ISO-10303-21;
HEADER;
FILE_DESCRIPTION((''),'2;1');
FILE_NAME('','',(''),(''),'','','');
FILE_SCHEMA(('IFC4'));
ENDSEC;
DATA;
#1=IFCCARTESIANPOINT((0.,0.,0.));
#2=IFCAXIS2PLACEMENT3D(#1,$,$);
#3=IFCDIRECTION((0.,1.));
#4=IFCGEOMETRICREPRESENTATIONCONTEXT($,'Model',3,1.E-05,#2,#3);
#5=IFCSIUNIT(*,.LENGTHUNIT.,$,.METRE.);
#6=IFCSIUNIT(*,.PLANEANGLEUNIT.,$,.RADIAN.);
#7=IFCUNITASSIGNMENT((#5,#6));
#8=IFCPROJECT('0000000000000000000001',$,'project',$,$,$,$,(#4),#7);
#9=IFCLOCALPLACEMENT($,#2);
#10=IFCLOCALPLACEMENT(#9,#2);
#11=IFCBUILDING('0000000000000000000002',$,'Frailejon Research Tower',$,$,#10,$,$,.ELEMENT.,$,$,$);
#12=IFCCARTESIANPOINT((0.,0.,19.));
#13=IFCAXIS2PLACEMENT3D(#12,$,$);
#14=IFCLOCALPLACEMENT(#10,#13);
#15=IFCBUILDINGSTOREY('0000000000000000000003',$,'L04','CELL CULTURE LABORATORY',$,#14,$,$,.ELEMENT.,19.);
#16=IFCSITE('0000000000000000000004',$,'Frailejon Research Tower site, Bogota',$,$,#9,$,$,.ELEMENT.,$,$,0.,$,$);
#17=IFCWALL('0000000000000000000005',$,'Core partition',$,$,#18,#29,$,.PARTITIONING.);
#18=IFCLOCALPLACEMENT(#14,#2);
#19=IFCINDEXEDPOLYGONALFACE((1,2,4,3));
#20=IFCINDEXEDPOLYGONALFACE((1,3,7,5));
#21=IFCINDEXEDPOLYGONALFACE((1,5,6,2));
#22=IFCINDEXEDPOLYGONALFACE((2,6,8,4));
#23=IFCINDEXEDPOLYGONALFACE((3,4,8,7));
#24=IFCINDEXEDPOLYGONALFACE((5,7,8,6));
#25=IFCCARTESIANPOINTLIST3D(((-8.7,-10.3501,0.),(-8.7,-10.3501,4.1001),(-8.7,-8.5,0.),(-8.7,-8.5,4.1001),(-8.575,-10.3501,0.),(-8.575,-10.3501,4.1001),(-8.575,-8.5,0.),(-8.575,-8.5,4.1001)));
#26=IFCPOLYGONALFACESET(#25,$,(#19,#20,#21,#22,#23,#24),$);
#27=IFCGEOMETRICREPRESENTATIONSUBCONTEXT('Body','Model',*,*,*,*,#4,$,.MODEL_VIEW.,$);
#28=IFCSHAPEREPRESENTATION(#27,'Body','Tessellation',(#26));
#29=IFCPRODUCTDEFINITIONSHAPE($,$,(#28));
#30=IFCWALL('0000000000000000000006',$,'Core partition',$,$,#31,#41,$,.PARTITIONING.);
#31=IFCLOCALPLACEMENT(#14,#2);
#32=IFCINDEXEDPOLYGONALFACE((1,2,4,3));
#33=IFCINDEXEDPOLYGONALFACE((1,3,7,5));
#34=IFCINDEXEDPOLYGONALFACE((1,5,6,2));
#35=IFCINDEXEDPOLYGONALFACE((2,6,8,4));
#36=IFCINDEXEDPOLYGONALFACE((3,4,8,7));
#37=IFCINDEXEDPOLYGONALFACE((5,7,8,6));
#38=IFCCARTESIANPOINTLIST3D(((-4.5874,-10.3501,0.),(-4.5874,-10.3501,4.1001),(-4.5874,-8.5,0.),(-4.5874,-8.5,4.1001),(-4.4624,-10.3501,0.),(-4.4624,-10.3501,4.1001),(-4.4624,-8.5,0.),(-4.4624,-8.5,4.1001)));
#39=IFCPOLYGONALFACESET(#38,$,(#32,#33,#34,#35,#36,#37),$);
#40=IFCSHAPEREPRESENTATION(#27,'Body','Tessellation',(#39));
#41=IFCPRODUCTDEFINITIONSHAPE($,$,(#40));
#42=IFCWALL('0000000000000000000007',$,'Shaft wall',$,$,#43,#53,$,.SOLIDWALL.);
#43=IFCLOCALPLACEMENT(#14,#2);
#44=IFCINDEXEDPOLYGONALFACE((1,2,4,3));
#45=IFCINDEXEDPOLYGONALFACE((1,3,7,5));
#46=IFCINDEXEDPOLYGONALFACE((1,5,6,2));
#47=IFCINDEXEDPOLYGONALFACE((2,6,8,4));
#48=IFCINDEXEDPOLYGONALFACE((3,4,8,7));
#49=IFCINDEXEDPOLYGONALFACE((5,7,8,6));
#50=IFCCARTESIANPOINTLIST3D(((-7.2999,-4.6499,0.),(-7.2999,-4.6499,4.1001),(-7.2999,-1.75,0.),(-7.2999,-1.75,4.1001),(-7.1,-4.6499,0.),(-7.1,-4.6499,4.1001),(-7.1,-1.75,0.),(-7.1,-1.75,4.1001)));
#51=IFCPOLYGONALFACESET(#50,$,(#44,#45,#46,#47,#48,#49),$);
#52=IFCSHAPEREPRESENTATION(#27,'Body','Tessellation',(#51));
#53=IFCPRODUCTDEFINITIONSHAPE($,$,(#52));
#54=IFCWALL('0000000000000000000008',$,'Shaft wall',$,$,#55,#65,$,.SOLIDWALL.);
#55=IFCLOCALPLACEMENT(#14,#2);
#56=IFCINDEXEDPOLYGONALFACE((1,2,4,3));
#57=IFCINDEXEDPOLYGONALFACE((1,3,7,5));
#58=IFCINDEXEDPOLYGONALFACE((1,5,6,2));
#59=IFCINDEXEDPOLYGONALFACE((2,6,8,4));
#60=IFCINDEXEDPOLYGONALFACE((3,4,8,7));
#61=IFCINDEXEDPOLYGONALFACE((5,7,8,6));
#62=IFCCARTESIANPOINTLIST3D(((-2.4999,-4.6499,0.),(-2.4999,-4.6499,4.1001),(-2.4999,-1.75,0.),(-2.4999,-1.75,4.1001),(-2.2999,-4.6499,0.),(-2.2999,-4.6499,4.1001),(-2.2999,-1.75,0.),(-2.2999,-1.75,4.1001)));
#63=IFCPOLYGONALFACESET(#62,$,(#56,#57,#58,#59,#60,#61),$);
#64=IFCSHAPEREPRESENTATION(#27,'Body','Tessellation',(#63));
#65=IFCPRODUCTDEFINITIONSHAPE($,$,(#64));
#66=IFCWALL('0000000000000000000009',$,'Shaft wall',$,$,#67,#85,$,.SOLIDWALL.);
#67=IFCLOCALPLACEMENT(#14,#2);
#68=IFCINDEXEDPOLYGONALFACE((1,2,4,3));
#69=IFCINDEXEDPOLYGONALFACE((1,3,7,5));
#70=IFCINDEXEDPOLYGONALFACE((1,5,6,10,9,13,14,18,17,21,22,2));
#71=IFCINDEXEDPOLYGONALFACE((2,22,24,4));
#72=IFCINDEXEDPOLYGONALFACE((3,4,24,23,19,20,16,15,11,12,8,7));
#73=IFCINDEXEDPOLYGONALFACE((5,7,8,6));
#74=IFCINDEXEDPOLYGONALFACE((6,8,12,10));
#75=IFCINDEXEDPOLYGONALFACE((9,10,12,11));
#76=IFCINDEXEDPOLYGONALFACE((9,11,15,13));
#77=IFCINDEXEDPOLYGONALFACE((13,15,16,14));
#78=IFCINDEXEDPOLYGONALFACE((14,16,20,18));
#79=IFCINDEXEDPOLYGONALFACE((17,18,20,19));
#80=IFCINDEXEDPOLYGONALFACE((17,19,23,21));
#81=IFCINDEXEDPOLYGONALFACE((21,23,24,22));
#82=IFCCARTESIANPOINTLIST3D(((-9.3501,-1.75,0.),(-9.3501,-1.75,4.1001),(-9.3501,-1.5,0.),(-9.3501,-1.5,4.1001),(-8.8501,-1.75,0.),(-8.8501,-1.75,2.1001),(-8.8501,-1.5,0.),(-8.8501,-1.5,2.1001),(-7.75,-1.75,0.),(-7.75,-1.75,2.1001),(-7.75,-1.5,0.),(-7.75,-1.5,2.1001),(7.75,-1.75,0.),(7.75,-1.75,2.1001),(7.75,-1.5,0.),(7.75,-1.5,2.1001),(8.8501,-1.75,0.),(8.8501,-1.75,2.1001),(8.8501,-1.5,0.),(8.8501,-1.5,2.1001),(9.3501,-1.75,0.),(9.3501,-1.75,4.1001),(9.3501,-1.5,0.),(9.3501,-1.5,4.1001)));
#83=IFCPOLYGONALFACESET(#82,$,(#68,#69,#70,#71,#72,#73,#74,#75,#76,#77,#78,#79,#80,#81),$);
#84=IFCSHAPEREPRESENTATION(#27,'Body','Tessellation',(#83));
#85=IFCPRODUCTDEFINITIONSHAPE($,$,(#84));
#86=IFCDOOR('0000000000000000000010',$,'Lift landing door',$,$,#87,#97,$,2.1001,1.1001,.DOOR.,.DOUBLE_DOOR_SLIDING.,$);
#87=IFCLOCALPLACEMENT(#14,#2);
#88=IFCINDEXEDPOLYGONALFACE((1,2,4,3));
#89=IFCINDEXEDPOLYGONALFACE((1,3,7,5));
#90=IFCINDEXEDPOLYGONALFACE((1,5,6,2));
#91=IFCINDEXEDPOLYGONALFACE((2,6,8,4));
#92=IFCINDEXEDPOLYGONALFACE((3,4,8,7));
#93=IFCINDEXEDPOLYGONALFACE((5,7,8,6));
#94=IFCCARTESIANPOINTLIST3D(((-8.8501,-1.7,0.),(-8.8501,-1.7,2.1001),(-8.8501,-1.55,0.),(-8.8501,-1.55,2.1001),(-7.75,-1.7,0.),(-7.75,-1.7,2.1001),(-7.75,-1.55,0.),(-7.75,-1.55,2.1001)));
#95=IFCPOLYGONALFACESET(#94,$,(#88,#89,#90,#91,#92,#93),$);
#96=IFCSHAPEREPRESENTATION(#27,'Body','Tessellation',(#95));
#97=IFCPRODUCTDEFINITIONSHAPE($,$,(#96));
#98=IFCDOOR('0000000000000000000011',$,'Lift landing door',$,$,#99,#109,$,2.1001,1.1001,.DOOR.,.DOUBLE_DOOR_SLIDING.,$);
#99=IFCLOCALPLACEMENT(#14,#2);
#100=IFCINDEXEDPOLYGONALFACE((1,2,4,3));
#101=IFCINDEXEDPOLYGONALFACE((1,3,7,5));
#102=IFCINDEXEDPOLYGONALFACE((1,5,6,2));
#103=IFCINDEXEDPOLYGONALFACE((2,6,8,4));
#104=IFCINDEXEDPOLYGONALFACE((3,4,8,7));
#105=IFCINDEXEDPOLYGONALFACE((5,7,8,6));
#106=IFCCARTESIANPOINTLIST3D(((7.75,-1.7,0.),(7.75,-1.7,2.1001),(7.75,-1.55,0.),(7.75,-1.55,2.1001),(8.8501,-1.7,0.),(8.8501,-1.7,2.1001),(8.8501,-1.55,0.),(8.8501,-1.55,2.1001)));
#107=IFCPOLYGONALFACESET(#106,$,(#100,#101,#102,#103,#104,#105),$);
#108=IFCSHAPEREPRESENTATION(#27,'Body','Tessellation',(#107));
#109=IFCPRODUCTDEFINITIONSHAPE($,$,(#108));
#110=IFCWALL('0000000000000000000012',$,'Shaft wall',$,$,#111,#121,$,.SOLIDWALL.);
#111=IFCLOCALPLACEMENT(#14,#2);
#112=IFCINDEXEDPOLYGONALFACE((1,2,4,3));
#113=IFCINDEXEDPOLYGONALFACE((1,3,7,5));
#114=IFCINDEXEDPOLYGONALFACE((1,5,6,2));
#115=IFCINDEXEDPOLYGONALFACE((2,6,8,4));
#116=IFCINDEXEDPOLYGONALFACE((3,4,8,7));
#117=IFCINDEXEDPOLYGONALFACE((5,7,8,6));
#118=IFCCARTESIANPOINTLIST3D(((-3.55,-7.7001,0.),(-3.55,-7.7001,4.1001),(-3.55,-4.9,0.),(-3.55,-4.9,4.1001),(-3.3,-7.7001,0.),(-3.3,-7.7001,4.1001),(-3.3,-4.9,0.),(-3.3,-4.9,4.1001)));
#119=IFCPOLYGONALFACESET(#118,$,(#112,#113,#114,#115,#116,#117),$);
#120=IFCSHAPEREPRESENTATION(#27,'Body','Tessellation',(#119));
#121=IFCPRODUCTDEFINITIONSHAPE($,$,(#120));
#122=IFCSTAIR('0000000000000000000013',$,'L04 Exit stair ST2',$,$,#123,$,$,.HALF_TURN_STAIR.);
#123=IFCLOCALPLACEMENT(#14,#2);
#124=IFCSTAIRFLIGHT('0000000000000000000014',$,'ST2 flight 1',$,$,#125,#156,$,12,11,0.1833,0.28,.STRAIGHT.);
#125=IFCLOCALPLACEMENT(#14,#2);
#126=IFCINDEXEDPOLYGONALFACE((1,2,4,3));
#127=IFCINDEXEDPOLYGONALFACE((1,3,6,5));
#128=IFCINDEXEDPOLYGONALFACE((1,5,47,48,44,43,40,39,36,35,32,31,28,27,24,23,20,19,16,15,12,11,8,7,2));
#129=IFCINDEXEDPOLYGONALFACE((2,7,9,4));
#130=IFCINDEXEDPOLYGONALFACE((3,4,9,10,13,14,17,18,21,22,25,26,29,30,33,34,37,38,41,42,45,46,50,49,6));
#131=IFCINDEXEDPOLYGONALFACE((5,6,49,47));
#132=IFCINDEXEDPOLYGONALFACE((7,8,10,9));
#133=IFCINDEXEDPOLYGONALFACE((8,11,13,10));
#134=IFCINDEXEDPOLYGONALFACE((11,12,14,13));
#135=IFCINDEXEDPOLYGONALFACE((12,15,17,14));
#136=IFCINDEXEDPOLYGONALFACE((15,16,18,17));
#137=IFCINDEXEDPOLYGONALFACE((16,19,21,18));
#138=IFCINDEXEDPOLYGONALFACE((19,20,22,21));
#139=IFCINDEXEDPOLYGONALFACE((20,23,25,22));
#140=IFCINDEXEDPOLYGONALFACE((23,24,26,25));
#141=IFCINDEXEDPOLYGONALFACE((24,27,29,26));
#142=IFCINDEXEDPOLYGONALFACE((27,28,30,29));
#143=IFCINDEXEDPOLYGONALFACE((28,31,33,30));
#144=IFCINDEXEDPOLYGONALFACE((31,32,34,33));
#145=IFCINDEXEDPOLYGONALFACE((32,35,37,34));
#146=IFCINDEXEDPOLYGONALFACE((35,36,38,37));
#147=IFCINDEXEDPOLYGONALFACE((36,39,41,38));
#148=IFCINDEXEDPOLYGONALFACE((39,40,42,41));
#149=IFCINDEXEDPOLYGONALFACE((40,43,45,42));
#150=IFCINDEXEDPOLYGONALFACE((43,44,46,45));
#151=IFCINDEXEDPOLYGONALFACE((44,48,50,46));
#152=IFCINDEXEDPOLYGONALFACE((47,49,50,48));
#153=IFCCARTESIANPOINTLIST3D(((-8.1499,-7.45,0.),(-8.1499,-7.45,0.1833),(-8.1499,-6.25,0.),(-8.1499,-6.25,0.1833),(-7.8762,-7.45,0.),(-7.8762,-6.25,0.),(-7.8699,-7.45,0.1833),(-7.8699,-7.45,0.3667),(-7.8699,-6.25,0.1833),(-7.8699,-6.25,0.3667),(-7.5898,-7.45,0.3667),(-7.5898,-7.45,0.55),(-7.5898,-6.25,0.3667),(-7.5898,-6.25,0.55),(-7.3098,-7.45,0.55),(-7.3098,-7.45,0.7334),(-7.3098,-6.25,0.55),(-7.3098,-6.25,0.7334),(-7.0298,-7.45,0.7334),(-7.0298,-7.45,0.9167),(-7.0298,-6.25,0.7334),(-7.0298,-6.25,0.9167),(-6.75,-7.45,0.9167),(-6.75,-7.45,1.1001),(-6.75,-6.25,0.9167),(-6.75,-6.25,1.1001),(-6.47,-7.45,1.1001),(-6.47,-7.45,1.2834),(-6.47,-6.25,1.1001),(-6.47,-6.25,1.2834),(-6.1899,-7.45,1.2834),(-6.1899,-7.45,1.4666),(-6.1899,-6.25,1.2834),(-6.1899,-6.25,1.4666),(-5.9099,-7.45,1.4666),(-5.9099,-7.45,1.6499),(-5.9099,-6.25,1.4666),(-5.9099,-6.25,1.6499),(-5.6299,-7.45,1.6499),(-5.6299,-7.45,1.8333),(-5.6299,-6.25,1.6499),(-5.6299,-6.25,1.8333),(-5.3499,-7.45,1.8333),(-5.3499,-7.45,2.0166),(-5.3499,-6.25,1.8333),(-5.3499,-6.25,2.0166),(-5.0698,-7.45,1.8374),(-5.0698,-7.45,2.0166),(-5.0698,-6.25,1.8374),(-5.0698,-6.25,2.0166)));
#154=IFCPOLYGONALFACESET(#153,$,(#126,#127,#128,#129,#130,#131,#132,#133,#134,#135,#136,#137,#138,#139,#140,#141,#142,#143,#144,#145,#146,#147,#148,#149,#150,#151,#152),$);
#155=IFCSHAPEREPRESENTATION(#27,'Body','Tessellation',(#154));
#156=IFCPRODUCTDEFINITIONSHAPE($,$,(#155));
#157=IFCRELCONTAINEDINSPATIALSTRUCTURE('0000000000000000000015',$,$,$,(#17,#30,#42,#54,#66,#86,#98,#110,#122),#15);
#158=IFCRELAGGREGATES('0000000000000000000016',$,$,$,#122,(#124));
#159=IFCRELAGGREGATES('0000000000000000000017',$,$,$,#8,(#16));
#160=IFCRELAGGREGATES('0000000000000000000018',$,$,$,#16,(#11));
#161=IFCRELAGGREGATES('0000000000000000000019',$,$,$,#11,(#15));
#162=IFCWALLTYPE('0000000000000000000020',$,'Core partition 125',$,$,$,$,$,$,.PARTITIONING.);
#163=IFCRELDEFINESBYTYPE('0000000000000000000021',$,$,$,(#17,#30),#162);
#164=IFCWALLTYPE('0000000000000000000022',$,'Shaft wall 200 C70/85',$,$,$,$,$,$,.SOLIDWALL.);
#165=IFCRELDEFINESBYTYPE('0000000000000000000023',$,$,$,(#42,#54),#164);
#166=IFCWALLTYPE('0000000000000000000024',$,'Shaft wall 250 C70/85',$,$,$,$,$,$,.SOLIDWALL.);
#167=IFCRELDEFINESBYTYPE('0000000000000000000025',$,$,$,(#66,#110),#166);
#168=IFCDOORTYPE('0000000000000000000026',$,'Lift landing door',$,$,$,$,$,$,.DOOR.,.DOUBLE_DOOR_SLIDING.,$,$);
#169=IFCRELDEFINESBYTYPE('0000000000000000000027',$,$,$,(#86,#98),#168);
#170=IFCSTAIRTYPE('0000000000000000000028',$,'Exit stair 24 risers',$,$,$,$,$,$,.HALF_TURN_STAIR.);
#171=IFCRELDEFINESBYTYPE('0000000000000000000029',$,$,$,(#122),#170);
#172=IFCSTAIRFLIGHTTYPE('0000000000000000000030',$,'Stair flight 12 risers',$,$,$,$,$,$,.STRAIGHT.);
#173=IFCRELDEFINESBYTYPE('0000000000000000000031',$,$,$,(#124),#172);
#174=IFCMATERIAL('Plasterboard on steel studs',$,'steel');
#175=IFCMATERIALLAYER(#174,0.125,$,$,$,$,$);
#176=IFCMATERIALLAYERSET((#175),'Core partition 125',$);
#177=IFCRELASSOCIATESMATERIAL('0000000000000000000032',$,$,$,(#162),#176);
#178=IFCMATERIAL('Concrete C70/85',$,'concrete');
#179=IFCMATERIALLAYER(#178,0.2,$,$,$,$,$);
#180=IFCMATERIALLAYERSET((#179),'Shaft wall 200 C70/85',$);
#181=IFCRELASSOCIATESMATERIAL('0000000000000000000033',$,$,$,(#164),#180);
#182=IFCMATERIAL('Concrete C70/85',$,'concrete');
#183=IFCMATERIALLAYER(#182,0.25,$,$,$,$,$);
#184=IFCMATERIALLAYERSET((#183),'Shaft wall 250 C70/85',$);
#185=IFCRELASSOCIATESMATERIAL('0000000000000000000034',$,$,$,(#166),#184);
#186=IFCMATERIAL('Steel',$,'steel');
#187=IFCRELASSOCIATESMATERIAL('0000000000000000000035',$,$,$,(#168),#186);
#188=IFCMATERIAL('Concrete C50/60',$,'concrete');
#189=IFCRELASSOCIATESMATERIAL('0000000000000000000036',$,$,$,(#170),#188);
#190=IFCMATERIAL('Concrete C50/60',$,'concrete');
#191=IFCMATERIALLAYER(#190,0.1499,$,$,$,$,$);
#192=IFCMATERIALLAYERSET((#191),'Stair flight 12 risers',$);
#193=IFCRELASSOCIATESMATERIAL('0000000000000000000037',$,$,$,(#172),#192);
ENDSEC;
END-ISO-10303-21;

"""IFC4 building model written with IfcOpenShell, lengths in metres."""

from ifc_helpers import new_model, si_unit, direction, frame, frame_2d, origin, place, context, subcontext, project, spatial, polyline, rectangle, outline, extrude, material, layer, layer_set, type_object, element, fill, aggregate, save


model = new_model("IFC4")

# Units and contexts
model_context = context("Model", 3, precision=1e-05, world=origin(), true_north=direction((0.0, 1.0)))
body_context = subcontext(model_context, "Body", "Model", "MODEL_VIEW")
ifc_project = project(units=[si_unit("LENGTHUNIT", "METRE"), si_unit("PLANEANGLEUNIT", "RADIAN")], contexts=[model_context])

# Site, building, storey
site_placement = place(None, origin())
site = spatial("IfcSite", under=ifc_project, at=site_placement, Name="Frailejon Research Tower site, Bogota", CompositionType="ELEMENT", RefElevation=0.0)
building_placement = place(site_placement, origin())
building = spatial("IfcBuilding", under=site, at=building_placement, Name="Frailejon Research Tower", CompositionType="ELEMENT")
storey_placement = place(building_placement, frame((0.0, 0.0, 19.0)))
storey = spatial("IfcBuildingStorey", under=building, at=storey_placement, Name="L04", Description="CELL CULTURE LABORATORY", CompositionType="ELEMENT", Elevation=19.0)

# Walls
ifc_material_1 = material(Name="Plasterboard on steel studs", Category="steel")
ifc_layer_1 = layer(ifc_material_1, 0.125)
ifc_layer_set_1 = layer_set([ifc_layer_1], Name="Core partition 125")
wall_type_1 = type_object("IfcWallType", Name="Core partition 125", PredefinedType="PARTITIONING", material=ifc_layer_set_1)
for number, where, z_axis, x_axis, name in (
    (1, (-8.6375, -10.3501, 0.0), (0.0, 0.0, 1.0), (0.0, 1.0, 0.0), "Core partition"),
    (2, (-4.5249, -10.3501, 0.0), (0.0, 0.0, 1.0), (0.0, 1.0, 0.0), "Core partition"),
):
    element("IfcWall", number, at=place(storey_placement, frame(where, z_axis=z_axis, x_axis=x_axis)), inside=storey, type_object=wall_type_1, Name=name, PredefinedType="PARTITIONING", context=body_context, shape_type="SweptSolid", body=[
        extrude(rectangle(XDim=1.8501, YDim=0.125, at=frame_2d((0.925, 0.0))), origin(), (0.0, 0.0, 1.0), 4.1001),
    ])
ifc_material_2 = material(Name="Concrete C70/85", Category="concrete")
ifc_layer_2 = layer(ifc_material_2, 0.2)
ifc_layer_set_2 = layer_set([ifc_layer_2], Name="Shaft wall 200 C70/85")
wall_type_2 = type_object("IfcWallType", Name="Shaft wall 200 C70/85", PredefinedType="SOLIDWALL", material=ifc_layer_set_2)
for number, where, z_axis, x_axis, name in (
    (3, (-7.2, -4.6499, 0.0), (0.0, 0.0, 1.0), (0.0, 1.0, 0.0), "Shaft wall"),
    (4, (-2.3999, -4.6499, 0.0), (0.0, 0.0, 1.0), (0.0, 1.0, 0.0), "Shaft wall"),
):
    element("IfcWall", number, at=place(storey_placement, frame(where, z_axis=z_axis, x_axis=x_axis)), inside=storey, type_object=wall_type_2, Name=name, PredefinedType="SOLIDWALL", context=body_context, shape_type="SweptSolid", body=[
        extrude(rectangle(XDim=2.8999, YDim=0.2, at=frame_2d((1.45, 0.0))), origin(), (0.0, 0.0, 1.0), 4.1001),
    ])

# Wall, openings, doors
ifc_material_3 = material(Name="Concrete C70/85", Category="concrete")
ifc_layer_3 = layer(ifc_material_3, 0.25)
ifc_layer_set_3 = layer_set([ifc_layer_3], Name="Shaft wall 250 C70/85")
wall_type_3 = type_object("IfcWallType", Name="Shaft wall 250 C70/85", PredefinedType="SOLIDWALL", material=ifc_layer_set_3)
wall_1_placement = place(storey_placement, frame((-9.3501, -1.625, 0.0), z_axis=(0.0, 0.0, 1.0), x_axis=(1.0, 0.0, 0.0)))
wall_1 = element("IfcWall", 5, at=wall_1_placement, inside=storey, type_object=wall_type_3, Name="Shaft wall", PredefinedType="SOLIDWALL", context=body_context, shape_type="SweptSolid", body=[
    extrude(rectangle(XDim=18.7002, YDim=0.25, at=frame_2d((9.3501, 0.0))), origin(), (0.0, 0.0, 1.0), 4.1001),
])
opening_1_placement = place(wall_1_placement, frame((0.5, 0.0, 0.0)))
opening_1 = element("IfcOpeningElement", 6, at=opening_1_placement, cuts=wall_1, PredefinedType="OPENING", context=body_context, shape_type="SweptSolid", body=[
    extrude(rectangle(XDim=1.1001, YDim=2.1001, at=frame_2d((0.55, 1.05))), frame((0.0, 0.135, 0.0), z_axis=(0.0, -1.0, 0.0), x_axis=(1.0, 0.0, 0.0)), (0.0, 0.0, 1.0), 0.27),
])
opening_2_placement = place(wall_1_placement, frame((17.1001, 0.0, 0.0)))
opening_2 = element("IfcOpeningElement", 7, at=opening_2_placement, cuts=wall_1, PredefinedType="OPENING", context=body_context, shape_type="SweptSolid", body=[
    extrude(rectangle(XDim=1.1001, YDim=2.1001, at=frame_2d((0.55, 1.05))), frame((0.0, 0.135, 0.0), z_axis=(0.0, -1.0, 0.0), x_axis=(1.0, 0.0, 0.0)), (0.0, 0.0, 1.0), 0.27),
])
ifc_material_4 = material(Name="Steel", Category="steel")
door_type = type_object("IfcDoorType", Name="Lift landing door", OperationType="DOUBLE_DOOR_SLIDING", PredefinedType="DOOR", material=ifc_material_4)
door_1_placement = place(opening_1_placement, origin())
door_1 = element("IfcDoor", 8, at=door_1_placement, inside=storey, type_object=door_type, Name="Lift landing door", OperationType="DOUBLE_DOOR_SLIDING", OverallHeight=2.1001, OverallWidth=1.1001, PredefinedType="DOOR", context=body_context, shape_type="SweptSolid", body=[
    extrude(rectangle(XDim=1.1001, YDim=2.1001, at=frame_2d((0.55, 1.05))), frame((0.0, 0.075, 0.0), z_axis=(0.0, -1.0, 0.0), x_axis=(1.0, 0.0, 0.0)), (0.0, 0.0, 1.0), 0.1499),
])
fill(opening_1, door_1)
door_2_placement = place(opening_2_placement, origin())
door_2 = element("IfcDoor", 9, at=door_2_placement, inside=storey, type_object=door_type, Name="Lift landing door", OperationType="DOUBLE_DOOR_SLIDING", OverallHeight=2.1001, OverallWidth=1.1001, PredefinedType="DOOR", context=body_context, shape_type="SweptSolid", body=[
    extrude(rectangle(XDim=1.1001, YDim=2.1001, at=frame_2d((0.55, 1.05))), frame((0.0, 0.075, 0.0), z_axis=(0.0, -1.0, 0.0), x_axis=(1.0, 0.0, 0.0)), (0.0, 0.0, 1.0), 0.1499),
])
fill(opening_2, door_2)

# Wall
wall_2_placement = place(storey_placement, frame((-3.425, -7.7, 0.0), z_axis=(0.0, 0.0, 1.0), x_axis=(0.0, 1.0, 0.0)))
element("IfcWall", 10, at=wall_2_placement, inside=storey, type_object=wall_type_3, Name="Shaft wall", PredefinedType="SOLIDWALL", context=body_context, shape_type="SweptSolid", body=[
    extrude(rectangle(XDim=2.8, YDim=0.25, at=frame_2d((1.3999, 0.0))), origin(), (0.0, 0.0, 1.0), 4.1001),
])

# Stair, stair flight
ifc_material_5 = material(Name="Concrete C50/60", Category="concrete")
stair_type = type_object("IfcStairType", Name="Exit stair 24 risers", PredefinedType="HALF_TURN_STAIR", material=ifc_material_5)
stair_placement = place(storey_placement, origin())
stair = element("IfcStair", 11, at=stair_placement, inside=storey, type_object=stair_type, Name="L04 Exit stair ST2", PredefinedType="HALF_TURN_STAIR")
ifc_material_6 = material(Name="Concrete C50/60", Category="concrete")
ifc_layer_4 = layer(ifc_material_6, 0.1499)
ifc_layer_set_4 = layer_set([ifc_layer_4], Name="Stair flight 12 risers")
stair_flight_type = type_object("IfcStairFlightType", Name="Stair flight 12 risers", PredefinedType="STRAIGHT", material=ifc_layer_set_4)
stair_flight_1_placement = place(storey_placement, frame((-8.1499, -6.8501, 0.0), z_axis=(0.0, 0.0, 1.0), x_axis=(1.0, 0.0, 0.0)))
stair_flight_1 = element("IfcStairFlight", 12, at=stair_flight_1_placement, type_object=stair_flight_type, Name="ST2 flight 1", NumberOfRisers=12, NumberOfTreads=11, PredefinedType="STRAIGHT", RiserHeight=0.1833, TreadLength=0.28, context=body_context, shape_type="SweptSolid", body=[
    extrude(outline(polyline([(0.0, 0.0), (0.0, 0.1833), (0.28, 0.1833), (0.28, 0.3667), (0.5601, 0.3667), (0.5601, 0.55), (0.8401, 0.55), (0.8401, 0.7334), (1.1201, 0.7334), (1.1201, 0.9167), (1.3999, 0.9167), (1.3999, 1.1001), (1.6799, 1.1001), (1.6799, 1.2834), (1.96, 1.2834), (1.96, 1.4666), (2.24, 1.4666), (2.24, 1.6499), (2.52, 1.6499), (2.52, 1.8333), (2.8, 1.8333), (2.8, 2.0166), (3.0801, 2.0166), (3.0801, 2.2), (3.0801, 1.8374), (0.2737, 0.0), (0.0, 0.0)])), frame((0.0, 0.6001, 0.0), z_axis=(0.0, -1.0, 0.0), x_axis=(1.0, 0.0, 0.0)), (0.0, 0.0, 1.0), 1.2),
])
aggregate(stair, [stair_flight_1])

save(model, "model.ifc")
